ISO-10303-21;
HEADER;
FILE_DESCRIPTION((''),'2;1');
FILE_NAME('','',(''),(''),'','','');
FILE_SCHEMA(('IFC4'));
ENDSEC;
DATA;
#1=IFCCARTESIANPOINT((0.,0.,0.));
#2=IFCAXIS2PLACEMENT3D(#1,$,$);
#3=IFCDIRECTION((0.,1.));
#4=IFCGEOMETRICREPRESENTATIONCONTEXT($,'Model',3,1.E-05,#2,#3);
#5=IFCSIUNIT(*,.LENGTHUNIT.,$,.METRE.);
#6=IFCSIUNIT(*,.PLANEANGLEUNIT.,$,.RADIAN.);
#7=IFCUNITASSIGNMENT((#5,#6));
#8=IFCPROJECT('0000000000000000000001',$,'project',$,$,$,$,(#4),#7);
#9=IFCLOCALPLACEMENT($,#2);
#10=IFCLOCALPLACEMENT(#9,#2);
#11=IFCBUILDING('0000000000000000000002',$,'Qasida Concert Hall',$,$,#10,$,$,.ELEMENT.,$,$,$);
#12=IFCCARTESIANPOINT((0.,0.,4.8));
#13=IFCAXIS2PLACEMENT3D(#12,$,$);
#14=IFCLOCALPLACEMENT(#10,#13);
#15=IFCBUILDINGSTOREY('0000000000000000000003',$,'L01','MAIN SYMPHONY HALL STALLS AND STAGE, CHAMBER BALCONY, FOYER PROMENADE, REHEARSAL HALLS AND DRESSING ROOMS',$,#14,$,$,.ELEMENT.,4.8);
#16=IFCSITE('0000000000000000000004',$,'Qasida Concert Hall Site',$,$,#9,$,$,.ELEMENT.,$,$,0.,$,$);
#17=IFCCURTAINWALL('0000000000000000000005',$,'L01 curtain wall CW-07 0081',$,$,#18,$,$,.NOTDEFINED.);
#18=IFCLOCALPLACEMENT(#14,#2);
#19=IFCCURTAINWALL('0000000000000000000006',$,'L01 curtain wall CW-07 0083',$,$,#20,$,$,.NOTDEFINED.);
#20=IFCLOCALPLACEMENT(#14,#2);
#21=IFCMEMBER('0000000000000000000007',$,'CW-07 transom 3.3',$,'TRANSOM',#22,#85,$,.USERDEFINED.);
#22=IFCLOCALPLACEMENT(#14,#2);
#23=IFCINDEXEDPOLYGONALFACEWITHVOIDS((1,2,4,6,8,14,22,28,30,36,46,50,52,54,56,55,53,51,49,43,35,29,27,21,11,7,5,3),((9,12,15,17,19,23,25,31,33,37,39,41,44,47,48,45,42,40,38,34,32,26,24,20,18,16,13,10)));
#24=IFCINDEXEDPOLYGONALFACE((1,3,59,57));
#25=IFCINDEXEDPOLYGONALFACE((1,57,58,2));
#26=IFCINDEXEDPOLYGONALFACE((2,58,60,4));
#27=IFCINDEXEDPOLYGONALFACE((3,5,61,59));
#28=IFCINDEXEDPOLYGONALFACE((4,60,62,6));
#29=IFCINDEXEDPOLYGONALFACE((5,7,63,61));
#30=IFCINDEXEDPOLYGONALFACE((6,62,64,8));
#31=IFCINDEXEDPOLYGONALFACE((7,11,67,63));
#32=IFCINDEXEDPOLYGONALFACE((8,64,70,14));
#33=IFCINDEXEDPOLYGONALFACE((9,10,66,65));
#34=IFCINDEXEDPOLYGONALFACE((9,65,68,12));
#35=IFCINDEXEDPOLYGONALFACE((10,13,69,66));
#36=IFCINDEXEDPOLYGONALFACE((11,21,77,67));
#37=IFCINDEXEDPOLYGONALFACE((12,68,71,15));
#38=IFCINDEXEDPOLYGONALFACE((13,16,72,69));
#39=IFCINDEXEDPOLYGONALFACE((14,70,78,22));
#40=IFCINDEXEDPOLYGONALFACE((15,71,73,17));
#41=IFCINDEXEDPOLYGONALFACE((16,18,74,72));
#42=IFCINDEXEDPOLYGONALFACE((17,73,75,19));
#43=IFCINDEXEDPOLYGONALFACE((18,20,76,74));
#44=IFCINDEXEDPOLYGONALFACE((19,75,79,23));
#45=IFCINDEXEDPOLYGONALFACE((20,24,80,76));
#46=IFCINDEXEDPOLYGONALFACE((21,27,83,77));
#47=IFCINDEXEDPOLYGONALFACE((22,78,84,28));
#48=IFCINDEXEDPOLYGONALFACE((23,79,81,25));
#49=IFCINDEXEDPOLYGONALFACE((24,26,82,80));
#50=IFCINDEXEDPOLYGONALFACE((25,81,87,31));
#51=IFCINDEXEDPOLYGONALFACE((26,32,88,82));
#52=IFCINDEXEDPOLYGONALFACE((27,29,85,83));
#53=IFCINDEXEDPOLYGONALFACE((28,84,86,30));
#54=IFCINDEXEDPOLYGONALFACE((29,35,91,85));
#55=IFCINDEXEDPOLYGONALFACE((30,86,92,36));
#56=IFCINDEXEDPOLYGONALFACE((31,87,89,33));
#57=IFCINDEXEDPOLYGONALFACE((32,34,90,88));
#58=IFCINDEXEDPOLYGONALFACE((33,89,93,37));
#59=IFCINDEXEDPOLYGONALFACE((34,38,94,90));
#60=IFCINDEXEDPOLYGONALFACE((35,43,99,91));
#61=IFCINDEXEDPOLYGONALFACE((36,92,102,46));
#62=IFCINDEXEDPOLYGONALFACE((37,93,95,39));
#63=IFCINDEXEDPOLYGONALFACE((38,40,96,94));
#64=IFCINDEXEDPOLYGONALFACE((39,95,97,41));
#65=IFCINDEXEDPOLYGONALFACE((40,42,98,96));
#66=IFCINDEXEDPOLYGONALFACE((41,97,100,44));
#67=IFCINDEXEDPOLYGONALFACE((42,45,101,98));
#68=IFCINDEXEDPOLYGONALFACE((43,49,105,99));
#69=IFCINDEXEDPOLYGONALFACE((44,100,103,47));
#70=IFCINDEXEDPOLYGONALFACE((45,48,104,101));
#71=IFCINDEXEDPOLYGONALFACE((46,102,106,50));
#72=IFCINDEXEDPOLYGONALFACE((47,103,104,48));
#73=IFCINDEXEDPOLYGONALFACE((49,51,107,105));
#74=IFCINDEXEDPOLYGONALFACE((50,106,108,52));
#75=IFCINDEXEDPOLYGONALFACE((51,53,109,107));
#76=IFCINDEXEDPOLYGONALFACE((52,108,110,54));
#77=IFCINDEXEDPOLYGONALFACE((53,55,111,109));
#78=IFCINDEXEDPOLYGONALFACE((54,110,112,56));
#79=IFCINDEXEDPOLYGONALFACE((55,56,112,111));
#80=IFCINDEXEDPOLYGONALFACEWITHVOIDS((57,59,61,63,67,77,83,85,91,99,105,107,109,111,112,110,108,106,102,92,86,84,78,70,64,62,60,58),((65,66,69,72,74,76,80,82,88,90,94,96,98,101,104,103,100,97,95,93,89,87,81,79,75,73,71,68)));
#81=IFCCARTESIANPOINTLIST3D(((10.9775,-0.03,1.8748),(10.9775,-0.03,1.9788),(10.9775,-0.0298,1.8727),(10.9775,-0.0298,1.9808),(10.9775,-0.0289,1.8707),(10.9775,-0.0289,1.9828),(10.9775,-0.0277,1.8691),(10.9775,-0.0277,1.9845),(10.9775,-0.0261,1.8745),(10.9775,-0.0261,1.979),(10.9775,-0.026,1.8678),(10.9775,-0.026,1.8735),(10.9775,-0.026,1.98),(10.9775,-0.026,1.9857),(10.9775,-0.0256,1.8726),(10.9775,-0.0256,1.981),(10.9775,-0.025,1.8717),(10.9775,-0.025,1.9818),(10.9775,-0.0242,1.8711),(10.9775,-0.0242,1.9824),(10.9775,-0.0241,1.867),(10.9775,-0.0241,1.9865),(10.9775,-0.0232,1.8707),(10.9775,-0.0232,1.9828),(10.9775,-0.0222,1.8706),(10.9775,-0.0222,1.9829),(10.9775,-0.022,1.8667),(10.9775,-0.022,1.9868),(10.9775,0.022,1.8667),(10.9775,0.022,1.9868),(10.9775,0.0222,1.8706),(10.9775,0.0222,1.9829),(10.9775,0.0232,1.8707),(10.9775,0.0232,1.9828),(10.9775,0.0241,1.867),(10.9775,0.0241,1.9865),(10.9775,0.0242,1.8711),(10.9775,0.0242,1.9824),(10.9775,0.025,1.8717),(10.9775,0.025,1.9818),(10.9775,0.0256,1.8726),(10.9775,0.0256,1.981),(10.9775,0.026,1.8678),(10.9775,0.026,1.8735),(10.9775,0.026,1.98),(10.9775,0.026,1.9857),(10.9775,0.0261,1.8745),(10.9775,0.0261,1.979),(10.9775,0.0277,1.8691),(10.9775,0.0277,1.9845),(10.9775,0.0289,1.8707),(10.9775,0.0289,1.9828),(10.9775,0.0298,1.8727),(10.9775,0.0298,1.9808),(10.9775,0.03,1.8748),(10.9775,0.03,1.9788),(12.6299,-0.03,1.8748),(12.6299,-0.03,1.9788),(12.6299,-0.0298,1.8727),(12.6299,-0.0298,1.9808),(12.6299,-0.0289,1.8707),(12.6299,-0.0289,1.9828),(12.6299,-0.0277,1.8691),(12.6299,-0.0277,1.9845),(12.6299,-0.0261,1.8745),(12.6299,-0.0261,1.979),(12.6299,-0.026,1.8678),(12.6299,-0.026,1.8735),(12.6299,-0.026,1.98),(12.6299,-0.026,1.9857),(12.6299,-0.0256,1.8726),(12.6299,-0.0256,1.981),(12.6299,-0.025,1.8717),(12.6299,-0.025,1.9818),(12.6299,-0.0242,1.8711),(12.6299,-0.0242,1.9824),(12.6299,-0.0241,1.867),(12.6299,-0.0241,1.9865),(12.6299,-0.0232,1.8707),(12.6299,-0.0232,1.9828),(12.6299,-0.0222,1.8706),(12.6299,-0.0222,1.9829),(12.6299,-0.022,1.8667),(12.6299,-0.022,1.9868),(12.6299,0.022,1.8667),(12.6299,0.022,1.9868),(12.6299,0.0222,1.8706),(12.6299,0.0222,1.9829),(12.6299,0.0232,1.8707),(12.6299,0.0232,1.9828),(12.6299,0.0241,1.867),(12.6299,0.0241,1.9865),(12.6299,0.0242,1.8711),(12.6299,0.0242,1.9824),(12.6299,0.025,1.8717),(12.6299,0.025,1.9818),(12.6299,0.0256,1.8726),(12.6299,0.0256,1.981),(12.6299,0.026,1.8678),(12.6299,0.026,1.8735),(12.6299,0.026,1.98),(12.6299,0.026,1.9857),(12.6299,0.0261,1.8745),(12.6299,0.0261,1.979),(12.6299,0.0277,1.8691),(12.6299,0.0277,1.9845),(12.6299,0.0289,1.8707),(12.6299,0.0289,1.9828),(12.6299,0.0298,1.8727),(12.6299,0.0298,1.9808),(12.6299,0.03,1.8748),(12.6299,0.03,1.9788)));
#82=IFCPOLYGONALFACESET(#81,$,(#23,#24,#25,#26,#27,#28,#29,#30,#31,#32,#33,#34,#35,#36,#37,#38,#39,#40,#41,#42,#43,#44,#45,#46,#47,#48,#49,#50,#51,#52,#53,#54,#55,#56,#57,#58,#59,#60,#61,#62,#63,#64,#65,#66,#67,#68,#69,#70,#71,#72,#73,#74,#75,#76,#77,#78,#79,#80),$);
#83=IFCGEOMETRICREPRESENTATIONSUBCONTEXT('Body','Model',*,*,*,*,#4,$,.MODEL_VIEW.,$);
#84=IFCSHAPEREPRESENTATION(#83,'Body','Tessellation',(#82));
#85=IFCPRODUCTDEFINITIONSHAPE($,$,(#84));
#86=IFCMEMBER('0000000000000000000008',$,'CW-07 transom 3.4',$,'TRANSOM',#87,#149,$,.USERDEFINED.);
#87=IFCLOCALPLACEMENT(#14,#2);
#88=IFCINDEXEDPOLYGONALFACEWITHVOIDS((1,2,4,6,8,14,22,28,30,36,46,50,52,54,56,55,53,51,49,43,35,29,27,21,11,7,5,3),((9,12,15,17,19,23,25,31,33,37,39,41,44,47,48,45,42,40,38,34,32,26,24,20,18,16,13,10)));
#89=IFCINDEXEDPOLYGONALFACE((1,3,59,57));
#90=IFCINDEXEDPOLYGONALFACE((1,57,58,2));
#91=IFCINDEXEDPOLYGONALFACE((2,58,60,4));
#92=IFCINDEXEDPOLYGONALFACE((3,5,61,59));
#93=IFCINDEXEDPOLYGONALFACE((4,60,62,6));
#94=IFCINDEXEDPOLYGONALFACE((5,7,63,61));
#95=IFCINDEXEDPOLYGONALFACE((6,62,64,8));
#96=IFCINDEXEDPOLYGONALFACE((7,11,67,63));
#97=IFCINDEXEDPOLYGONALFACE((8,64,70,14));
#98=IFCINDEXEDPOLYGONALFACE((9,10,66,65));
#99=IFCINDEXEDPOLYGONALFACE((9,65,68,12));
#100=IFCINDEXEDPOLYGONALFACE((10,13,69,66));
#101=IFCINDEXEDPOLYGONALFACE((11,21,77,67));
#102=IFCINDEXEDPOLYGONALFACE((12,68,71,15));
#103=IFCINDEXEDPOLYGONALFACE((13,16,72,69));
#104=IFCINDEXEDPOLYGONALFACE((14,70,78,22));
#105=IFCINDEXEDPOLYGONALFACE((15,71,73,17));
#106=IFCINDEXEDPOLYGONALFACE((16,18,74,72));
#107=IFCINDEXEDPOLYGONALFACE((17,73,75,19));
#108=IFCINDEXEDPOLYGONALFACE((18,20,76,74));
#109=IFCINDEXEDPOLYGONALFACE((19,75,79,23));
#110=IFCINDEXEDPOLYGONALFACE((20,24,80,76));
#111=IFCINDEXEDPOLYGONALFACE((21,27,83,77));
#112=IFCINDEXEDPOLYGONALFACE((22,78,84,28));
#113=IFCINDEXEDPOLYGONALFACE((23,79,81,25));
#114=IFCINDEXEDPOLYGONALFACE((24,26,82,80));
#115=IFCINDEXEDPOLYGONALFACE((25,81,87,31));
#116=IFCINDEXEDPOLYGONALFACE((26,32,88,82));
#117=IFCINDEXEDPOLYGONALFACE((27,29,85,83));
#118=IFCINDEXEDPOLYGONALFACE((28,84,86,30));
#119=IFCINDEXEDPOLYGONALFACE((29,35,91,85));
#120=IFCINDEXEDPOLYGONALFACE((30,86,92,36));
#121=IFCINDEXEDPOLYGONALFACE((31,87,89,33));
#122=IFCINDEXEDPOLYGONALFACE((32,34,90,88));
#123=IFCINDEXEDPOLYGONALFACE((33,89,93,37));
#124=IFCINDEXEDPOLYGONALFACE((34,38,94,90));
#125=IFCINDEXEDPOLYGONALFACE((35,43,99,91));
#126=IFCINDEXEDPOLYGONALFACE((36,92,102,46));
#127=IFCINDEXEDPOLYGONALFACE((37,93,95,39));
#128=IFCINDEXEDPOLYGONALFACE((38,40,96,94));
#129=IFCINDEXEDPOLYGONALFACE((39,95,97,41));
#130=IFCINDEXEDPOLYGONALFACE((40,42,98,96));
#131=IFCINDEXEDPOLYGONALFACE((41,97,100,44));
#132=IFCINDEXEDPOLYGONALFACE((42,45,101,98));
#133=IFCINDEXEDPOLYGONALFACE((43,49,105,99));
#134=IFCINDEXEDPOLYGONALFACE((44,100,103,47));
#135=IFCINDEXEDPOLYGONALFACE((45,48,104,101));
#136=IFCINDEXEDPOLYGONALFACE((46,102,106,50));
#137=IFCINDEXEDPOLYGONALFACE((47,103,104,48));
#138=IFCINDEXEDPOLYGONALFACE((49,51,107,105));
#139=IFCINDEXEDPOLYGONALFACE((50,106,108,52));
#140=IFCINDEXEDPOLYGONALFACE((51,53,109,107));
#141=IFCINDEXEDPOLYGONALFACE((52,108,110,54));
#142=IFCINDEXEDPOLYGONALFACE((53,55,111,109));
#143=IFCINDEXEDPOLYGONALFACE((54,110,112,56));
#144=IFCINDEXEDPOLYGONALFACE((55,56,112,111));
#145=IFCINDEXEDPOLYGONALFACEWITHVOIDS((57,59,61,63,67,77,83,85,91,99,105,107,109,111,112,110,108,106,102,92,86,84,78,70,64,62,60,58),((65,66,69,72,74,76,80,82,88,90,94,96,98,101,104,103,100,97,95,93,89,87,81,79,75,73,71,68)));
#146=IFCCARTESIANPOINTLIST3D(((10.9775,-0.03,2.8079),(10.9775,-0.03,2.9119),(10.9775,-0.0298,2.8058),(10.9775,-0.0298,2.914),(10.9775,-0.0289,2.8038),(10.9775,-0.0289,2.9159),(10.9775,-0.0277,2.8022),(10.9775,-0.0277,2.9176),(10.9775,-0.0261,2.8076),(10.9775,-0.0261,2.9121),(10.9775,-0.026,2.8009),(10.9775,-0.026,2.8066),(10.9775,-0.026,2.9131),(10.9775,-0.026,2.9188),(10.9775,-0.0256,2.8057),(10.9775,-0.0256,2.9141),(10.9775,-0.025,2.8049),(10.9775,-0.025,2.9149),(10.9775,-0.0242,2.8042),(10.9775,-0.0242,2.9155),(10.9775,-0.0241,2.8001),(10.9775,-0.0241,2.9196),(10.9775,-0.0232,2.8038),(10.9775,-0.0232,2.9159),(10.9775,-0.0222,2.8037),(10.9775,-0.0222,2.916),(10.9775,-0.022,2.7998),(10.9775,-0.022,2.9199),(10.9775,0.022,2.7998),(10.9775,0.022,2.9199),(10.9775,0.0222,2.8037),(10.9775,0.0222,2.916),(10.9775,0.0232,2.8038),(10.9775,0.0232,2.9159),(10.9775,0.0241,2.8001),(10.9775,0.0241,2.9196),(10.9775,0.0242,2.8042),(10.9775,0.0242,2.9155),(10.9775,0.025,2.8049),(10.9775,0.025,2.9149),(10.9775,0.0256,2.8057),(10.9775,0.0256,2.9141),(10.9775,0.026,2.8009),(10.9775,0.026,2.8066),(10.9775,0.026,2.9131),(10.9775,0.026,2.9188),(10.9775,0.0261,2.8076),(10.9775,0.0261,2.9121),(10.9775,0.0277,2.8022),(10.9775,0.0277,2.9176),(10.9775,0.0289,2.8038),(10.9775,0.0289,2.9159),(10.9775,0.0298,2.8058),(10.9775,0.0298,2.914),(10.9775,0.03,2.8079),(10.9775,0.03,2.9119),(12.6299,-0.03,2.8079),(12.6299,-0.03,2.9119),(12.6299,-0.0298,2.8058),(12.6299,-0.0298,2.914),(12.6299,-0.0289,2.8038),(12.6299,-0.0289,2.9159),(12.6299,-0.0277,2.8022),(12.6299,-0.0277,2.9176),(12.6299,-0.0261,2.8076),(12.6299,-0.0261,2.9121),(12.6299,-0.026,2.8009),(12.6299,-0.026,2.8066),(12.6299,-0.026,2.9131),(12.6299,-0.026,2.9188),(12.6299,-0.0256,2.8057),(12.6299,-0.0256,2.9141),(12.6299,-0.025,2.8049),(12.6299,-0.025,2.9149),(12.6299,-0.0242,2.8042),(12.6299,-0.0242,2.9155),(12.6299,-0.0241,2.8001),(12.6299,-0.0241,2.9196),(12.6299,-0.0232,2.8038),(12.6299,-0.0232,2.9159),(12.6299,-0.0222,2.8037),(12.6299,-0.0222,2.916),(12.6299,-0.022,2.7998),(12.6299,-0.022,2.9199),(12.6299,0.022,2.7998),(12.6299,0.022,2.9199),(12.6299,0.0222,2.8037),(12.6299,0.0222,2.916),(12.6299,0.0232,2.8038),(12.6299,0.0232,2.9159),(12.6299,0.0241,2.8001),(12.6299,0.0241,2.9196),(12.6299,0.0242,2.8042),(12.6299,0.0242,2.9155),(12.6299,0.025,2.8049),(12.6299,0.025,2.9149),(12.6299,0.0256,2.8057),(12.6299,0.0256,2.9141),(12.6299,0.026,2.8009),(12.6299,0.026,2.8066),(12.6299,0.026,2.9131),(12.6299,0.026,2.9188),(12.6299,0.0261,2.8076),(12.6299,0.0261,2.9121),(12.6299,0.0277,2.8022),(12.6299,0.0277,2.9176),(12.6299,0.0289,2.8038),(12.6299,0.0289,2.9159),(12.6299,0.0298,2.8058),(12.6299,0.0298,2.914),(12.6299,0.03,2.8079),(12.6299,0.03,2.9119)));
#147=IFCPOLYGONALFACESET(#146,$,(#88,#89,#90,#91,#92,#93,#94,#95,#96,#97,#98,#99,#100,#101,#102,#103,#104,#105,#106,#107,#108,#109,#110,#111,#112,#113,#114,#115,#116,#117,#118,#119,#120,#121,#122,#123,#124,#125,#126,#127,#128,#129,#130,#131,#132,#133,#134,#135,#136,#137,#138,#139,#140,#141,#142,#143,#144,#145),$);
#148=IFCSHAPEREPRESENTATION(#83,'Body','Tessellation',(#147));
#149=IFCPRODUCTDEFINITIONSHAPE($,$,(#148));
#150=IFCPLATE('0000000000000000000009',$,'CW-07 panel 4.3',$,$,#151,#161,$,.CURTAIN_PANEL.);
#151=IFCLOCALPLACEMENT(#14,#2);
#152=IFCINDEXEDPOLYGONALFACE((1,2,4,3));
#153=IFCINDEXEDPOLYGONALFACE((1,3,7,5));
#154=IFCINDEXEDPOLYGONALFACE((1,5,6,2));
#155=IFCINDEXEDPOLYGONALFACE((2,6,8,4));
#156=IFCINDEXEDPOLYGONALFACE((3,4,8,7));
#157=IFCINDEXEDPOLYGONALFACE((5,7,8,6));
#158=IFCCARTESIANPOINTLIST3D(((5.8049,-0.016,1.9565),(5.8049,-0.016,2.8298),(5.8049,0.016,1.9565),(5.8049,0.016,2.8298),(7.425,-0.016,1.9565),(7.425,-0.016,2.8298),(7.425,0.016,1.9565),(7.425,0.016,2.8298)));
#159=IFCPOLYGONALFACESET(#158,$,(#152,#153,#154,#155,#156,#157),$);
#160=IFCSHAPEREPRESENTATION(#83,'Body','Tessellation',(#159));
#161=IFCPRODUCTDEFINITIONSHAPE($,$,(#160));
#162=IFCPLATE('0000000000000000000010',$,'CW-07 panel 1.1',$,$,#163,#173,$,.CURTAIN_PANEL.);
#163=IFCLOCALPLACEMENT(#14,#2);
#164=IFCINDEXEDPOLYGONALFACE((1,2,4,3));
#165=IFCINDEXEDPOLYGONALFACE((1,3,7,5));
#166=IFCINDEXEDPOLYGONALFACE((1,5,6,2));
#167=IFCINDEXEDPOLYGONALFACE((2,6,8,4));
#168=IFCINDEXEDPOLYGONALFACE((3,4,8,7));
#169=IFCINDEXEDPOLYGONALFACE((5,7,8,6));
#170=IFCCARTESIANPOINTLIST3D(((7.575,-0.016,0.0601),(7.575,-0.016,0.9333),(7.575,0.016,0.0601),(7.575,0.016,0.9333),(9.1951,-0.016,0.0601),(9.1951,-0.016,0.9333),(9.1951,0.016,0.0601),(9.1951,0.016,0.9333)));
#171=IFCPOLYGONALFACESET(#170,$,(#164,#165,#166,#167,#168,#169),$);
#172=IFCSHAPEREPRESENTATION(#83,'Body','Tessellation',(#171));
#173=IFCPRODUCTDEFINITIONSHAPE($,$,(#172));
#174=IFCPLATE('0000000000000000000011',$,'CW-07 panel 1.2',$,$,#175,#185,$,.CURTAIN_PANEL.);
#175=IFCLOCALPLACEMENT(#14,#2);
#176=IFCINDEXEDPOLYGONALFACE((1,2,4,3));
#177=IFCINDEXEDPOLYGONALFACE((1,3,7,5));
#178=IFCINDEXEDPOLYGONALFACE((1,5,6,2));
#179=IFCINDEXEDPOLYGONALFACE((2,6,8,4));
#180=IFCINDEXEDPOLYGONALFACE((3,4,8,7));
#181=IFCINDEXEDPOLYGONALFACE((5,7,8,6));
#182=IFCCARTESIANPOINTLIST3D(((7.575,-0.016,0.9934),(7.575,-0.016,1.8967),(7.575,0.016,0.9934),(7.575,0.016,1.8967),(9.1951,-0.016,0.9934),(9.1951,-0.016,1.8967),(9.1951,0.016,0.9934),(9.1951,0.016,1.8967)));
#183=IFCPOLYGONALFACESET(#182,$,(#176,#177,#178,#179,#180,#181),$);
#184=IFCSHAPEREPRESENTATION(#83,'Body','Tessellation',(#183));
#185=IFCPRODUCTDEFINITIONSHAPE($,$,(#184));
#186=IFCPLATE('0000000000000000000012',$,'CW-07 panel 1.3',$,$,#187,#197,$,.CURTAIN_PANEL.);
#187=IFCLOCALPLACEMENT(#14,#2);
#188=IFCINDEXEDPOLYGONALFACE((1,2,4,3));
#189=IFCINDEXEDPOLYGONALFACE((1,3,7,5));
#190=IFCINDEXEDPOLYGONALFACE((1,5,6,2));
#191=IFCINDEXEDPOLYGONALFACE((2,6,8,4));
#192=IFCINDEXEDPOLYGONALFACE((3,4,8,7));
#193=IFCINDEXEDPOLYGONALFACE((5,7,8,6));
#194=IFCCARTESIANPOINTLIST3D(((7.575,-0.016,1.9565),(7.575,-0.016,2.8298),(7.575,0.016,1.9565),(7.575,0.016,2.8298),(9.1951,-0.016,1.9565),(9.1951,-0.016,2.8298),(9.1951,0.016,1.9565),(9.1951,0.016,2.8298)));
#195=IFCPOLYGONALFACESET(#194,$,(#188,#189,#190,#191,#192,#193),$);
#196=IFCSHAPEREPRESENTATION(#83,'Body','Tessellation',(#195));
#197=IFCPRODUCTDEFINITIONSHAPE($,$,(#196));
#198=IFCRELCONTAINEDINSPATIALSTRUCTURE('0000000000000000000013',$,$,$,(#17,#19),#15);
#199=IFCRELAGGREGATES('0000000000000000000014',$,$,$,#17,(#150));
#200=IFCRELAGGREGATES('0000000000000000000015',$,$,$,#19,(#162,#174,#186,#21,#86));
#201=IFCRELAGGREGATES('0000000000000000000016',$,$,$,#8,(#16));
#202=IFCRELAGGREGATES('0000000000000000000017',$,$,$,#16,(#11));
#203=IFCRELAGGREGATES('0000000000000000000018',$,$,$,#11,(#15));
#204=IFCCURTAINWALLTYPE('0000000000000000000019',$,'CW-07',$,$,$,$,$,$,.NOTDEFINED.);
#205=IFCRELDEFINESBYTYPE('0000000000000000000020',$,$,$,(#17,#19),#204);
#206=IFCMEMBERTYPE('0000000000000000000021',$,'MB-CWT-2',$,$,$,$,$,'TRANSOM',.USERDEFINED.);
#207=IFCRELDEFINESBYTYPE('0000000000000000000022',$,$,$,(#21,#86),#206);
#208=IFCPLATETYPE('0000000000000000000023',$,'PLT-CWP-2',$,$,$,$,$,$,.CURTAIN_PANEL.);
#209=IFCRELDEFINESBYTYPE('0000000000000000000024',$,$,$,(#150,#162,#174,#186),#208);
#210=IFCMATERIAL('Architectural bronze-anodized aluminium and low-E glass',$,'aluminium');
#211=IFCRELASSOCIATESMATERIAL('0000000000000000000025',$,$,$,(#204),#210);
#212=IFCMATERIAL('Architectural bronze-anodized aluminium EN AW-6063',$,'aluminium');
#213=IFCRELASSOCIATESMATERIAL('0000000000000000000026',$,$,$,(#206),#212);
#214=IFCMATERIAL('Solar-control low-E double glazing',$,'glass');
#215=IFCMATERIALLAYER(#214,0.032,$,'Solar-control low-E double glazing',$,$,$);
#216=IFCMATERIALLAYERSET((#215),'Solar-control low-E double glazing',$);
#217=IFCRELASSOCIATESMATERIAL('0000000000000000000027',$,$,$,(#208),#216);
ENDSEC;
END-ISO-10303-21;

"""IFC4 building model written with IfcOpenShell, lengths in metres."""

from ifc_helpers import new_model, si_unit, direction, frame, origin, origin_2d, place, context, subcontext, project, spatial, rectangle, hollow_rectangle, extrude, material, layer, layer_set, material_profile, profile_set, type_object, element, aggregate, save


model = new_model("IFC4")

# Units and contexts
model_context = context("Model", 3, precision=1e-05, world=origin(), true_north=direction((0.0, 1.0)))
body_context = subcontext(model_context, "Body", "Model", "MODEL_VIEW")
ifc_project = project(units=[si_unit("LENGTHUNIT", "METRE"), si_unit("PLANEANGLEUNIT", "RADIAN")], contexts=[model_context])

# Site, building, storey
site_placement = place(None, origin())
site = spatial("IfcSite", under=ifc_project, at=site_placement, Name="Qasida Concert Hall Site", CompositionType="ELEMENT", RefElevation=0.0)
building_placement = place(site_placement, origin())
building = spatial("IfcBuilding", under=site, at=building_placement, Name="Qasida Concert Hall", CompositionType="ELEMENT")
storey_placement = place(building_placement, frame((0.0, 0.0, 4.8)))
storey = spatial("IfcBuildingStorey", under=building, at=storey_placement, Name="L01", Description="MAIN SYMPHONY HALL STALLS AND STAGE, CHAMBER BALCONY, FOYER PROMENADE, REHEARSAL HALLS AND DRESSING ROOMS", CompositionType="ELEMENT", Elevation=4.8)

# Curtain wall
ifc_material_1 = material(Name="Architectural bronze-anodized aluminium and low-E glass", Category="aluminium")
curtain_wall_type = type_object("IfcCurtainWallType", Name="CW-07", PredefinedType="NOTDEFINED", material=ifc_material_1)
curtain_wall_1_placement = place(storey_placement, origin())
curtain_wall_1 = element("IfcCurtainWall", 1, at=curtain_wall_1_placement, inside=storey, type_object=curtain_wall_type, Name="L01 curtain wall CW-07 0081", PredefinedType="NOTDEFINED")
ifc_material_2 = material(Name="Architectural bronze-anodized aluminium EN AW-6063", Category="aluminium")

# Curtain wall, members
curtain_wall_2_placement = place(storey_placement, origin())
curtain_wall_2 = element("IfcCurtainWall", 2, at=curtain_wall_2_placement, inside=storey, type_object=curtain_wall_type, Name="L01 curtain wall CW-07 0083", PredefinedType="NOTDEFINED")
ifc_material_profile_1 = material_profile(ifc_material_2, hollow_rectangle(XDim=0.0601, YDim=0.1201, WallThickness=0.0039, InnerFilletRadius=0.0039, OuterFilletRadius=0.0081, at=origin_2d()), Name="CWT 120x60x4")
ifc_profile_set_1 = profile_set([ifc_material_profile_1], Name="Architectural bronze-anodized aluminium EN AW-6063")
member_type_1 = type_object("IfcMemberType", Name="MB-CWT-2", ElementType="TRANSOM", PredefinedType="USERDEFINED", material=ifc_profile_set_1)
member_1_placement = place(storey_placement, frame((10.9775, 0.0, 1.9268), z_axis=(1.0, 0.0, 0.0), x_axis=(0.0, 1.0, 0.0)))
member_1 = element("IfcMember", 3, at=member_1_placement, type_object=member_type_1, Name="CW-07 transom 3.3", ObjectType="TRANSOM", PredefinedType="USERDEFINED", context=body_context, shape_type="SweptSolid", body=[
    extrude(hollow_rectangle(XDim=0.0601, YDim=0.1201, WallThickness=0.0039, InnerFilletRadius=0.0039, OuterFilletRadius=0.0081, at=origin_2d()), origin(), (0.0, 0.0, 1.0), 1.6523),
])
member_2_placement = place(storey_placement, frame((10.9775, 0.0, 2.8599), z_axis=(1.0, 0.0, 0.0), x_axis=(0.0, 1.0, 0.0)))
member_2 = element("IfcMember", 4, at=member_2_placement, type_object=member_type_1, Name="CW-07 transom 3.4", ObjectType="TRANSOM", PredefinedType="USERDEFINED", context=body_context, shape_type="SweptSolid", body=[
    extrude(hollow_rectangle(XDim=0.0601, YDim=0.1201, WallThickness=0.0039, InnerFilletRadius=0.0039, OuterFilletRadius=0.0081, at=origin_2d()), origin(), (0.0, 0.0, 1.0), 1.6523),
])

# Plates
ifc_material_3 = material(Name="Solar-control low-E double glazing", Category="glass")
ifc_layer_1 = layer(ifc_material_3, 0.032, Name="Solar-control low-E double glazing")
ifc_layer_set_1 = layer_set([ifc_layer_1], Name="Solar-control low-E double glazing")
plate_type = type_object("IfcPlateType", Name="PLT-CWP-2", PredefinedType="CURTAIN_PANEL", material=ifc_layer_set_1)
plate_1_placement = place(storey_placement, frame((6.615, 0.0, 1.9565), z_axis=(0.0, 0.0, 1.0), x_axis=(1.0, 0.0, 0.0)))
plate_1 = element("IfcPlate", 5, at=plate_1_placement, type_object=plate_type, Name="CW-07 panel 4.3", PredefinedType="CURTAIN_PANEL", context=body_context, shape_type="SweptSolid", body=[
    extrude(rectangle(XDim=1.6201, YDim=0.032, at=origin_2d()), origin(), (0.0, 0.0, 1.0), 0.8733),
])
aggregate(curtain_wall_1, [plate_1])
plate_2_placement = place(storey_placement, frame((8.385, 0.0, 0.0601), z_axis=(0.0, 0.0, 1.0), x_axis=(1.0, 0.0, 0.0)))
plate_2 = element("IfcPlate", 6, at=plate_2_placement, type_object=plate_type, Name="CW-07 panel 1.1", PredefinedType="CURTAIN_PANEL", context=body_context, shape_type="SweptSolid", body=[
    extrude(rectangle(XDim=1.6201, YDim=0.032, at=origin_2d()), origin(), (0.0, 0.0, 1.0), 0.8733),
])
plate_3_placement = place(storey_placement, frame((8.385, 0.0, 0.9934), z_axis=(0.0, 0.0, 1.0), x_axis=(1.0, 0.0, 0.0)))
plate_3 = element("IfcPlate", 7, at=plate_3_placement, type_object=plate_type, Name="CW-07 panel 1.2", PredefinedType="CURTAIN_PANEL", context=body_context, shape_type="SweptSolid", body=[
    extrude(rectangle(XDim=1.6201, YDim=0.032, at=origin_2d()), origin(), (0.0, 0.0, 1.0), 0.9033),
])
plate_4_placement = place(storey_placement, frame((8.385, 0.0, 1.9565), z_axis=(0.0, 0.0, 1.0), x_axis=(1.0, 0.0, 0.0)))
plate_4 = element("IfcPlate", 8, at=plate_4_placement, type_object=plate_type, Name="CW-07 panel 1.3", PredefinedType="CURTAIN_PANEL", context=body_context, shape_type="SweptSolid", body=[
    extrude(rectangle(XDim=1.6201, YDim=0.032, at=origin_2d()), origin(), (0.0, 0.0, 1.0), 0.8733),
])
aggregate(curtain_wall_2, [plate_2, plate_3, plate_4, member_1, member_2])

save(model, "model.ifc")
